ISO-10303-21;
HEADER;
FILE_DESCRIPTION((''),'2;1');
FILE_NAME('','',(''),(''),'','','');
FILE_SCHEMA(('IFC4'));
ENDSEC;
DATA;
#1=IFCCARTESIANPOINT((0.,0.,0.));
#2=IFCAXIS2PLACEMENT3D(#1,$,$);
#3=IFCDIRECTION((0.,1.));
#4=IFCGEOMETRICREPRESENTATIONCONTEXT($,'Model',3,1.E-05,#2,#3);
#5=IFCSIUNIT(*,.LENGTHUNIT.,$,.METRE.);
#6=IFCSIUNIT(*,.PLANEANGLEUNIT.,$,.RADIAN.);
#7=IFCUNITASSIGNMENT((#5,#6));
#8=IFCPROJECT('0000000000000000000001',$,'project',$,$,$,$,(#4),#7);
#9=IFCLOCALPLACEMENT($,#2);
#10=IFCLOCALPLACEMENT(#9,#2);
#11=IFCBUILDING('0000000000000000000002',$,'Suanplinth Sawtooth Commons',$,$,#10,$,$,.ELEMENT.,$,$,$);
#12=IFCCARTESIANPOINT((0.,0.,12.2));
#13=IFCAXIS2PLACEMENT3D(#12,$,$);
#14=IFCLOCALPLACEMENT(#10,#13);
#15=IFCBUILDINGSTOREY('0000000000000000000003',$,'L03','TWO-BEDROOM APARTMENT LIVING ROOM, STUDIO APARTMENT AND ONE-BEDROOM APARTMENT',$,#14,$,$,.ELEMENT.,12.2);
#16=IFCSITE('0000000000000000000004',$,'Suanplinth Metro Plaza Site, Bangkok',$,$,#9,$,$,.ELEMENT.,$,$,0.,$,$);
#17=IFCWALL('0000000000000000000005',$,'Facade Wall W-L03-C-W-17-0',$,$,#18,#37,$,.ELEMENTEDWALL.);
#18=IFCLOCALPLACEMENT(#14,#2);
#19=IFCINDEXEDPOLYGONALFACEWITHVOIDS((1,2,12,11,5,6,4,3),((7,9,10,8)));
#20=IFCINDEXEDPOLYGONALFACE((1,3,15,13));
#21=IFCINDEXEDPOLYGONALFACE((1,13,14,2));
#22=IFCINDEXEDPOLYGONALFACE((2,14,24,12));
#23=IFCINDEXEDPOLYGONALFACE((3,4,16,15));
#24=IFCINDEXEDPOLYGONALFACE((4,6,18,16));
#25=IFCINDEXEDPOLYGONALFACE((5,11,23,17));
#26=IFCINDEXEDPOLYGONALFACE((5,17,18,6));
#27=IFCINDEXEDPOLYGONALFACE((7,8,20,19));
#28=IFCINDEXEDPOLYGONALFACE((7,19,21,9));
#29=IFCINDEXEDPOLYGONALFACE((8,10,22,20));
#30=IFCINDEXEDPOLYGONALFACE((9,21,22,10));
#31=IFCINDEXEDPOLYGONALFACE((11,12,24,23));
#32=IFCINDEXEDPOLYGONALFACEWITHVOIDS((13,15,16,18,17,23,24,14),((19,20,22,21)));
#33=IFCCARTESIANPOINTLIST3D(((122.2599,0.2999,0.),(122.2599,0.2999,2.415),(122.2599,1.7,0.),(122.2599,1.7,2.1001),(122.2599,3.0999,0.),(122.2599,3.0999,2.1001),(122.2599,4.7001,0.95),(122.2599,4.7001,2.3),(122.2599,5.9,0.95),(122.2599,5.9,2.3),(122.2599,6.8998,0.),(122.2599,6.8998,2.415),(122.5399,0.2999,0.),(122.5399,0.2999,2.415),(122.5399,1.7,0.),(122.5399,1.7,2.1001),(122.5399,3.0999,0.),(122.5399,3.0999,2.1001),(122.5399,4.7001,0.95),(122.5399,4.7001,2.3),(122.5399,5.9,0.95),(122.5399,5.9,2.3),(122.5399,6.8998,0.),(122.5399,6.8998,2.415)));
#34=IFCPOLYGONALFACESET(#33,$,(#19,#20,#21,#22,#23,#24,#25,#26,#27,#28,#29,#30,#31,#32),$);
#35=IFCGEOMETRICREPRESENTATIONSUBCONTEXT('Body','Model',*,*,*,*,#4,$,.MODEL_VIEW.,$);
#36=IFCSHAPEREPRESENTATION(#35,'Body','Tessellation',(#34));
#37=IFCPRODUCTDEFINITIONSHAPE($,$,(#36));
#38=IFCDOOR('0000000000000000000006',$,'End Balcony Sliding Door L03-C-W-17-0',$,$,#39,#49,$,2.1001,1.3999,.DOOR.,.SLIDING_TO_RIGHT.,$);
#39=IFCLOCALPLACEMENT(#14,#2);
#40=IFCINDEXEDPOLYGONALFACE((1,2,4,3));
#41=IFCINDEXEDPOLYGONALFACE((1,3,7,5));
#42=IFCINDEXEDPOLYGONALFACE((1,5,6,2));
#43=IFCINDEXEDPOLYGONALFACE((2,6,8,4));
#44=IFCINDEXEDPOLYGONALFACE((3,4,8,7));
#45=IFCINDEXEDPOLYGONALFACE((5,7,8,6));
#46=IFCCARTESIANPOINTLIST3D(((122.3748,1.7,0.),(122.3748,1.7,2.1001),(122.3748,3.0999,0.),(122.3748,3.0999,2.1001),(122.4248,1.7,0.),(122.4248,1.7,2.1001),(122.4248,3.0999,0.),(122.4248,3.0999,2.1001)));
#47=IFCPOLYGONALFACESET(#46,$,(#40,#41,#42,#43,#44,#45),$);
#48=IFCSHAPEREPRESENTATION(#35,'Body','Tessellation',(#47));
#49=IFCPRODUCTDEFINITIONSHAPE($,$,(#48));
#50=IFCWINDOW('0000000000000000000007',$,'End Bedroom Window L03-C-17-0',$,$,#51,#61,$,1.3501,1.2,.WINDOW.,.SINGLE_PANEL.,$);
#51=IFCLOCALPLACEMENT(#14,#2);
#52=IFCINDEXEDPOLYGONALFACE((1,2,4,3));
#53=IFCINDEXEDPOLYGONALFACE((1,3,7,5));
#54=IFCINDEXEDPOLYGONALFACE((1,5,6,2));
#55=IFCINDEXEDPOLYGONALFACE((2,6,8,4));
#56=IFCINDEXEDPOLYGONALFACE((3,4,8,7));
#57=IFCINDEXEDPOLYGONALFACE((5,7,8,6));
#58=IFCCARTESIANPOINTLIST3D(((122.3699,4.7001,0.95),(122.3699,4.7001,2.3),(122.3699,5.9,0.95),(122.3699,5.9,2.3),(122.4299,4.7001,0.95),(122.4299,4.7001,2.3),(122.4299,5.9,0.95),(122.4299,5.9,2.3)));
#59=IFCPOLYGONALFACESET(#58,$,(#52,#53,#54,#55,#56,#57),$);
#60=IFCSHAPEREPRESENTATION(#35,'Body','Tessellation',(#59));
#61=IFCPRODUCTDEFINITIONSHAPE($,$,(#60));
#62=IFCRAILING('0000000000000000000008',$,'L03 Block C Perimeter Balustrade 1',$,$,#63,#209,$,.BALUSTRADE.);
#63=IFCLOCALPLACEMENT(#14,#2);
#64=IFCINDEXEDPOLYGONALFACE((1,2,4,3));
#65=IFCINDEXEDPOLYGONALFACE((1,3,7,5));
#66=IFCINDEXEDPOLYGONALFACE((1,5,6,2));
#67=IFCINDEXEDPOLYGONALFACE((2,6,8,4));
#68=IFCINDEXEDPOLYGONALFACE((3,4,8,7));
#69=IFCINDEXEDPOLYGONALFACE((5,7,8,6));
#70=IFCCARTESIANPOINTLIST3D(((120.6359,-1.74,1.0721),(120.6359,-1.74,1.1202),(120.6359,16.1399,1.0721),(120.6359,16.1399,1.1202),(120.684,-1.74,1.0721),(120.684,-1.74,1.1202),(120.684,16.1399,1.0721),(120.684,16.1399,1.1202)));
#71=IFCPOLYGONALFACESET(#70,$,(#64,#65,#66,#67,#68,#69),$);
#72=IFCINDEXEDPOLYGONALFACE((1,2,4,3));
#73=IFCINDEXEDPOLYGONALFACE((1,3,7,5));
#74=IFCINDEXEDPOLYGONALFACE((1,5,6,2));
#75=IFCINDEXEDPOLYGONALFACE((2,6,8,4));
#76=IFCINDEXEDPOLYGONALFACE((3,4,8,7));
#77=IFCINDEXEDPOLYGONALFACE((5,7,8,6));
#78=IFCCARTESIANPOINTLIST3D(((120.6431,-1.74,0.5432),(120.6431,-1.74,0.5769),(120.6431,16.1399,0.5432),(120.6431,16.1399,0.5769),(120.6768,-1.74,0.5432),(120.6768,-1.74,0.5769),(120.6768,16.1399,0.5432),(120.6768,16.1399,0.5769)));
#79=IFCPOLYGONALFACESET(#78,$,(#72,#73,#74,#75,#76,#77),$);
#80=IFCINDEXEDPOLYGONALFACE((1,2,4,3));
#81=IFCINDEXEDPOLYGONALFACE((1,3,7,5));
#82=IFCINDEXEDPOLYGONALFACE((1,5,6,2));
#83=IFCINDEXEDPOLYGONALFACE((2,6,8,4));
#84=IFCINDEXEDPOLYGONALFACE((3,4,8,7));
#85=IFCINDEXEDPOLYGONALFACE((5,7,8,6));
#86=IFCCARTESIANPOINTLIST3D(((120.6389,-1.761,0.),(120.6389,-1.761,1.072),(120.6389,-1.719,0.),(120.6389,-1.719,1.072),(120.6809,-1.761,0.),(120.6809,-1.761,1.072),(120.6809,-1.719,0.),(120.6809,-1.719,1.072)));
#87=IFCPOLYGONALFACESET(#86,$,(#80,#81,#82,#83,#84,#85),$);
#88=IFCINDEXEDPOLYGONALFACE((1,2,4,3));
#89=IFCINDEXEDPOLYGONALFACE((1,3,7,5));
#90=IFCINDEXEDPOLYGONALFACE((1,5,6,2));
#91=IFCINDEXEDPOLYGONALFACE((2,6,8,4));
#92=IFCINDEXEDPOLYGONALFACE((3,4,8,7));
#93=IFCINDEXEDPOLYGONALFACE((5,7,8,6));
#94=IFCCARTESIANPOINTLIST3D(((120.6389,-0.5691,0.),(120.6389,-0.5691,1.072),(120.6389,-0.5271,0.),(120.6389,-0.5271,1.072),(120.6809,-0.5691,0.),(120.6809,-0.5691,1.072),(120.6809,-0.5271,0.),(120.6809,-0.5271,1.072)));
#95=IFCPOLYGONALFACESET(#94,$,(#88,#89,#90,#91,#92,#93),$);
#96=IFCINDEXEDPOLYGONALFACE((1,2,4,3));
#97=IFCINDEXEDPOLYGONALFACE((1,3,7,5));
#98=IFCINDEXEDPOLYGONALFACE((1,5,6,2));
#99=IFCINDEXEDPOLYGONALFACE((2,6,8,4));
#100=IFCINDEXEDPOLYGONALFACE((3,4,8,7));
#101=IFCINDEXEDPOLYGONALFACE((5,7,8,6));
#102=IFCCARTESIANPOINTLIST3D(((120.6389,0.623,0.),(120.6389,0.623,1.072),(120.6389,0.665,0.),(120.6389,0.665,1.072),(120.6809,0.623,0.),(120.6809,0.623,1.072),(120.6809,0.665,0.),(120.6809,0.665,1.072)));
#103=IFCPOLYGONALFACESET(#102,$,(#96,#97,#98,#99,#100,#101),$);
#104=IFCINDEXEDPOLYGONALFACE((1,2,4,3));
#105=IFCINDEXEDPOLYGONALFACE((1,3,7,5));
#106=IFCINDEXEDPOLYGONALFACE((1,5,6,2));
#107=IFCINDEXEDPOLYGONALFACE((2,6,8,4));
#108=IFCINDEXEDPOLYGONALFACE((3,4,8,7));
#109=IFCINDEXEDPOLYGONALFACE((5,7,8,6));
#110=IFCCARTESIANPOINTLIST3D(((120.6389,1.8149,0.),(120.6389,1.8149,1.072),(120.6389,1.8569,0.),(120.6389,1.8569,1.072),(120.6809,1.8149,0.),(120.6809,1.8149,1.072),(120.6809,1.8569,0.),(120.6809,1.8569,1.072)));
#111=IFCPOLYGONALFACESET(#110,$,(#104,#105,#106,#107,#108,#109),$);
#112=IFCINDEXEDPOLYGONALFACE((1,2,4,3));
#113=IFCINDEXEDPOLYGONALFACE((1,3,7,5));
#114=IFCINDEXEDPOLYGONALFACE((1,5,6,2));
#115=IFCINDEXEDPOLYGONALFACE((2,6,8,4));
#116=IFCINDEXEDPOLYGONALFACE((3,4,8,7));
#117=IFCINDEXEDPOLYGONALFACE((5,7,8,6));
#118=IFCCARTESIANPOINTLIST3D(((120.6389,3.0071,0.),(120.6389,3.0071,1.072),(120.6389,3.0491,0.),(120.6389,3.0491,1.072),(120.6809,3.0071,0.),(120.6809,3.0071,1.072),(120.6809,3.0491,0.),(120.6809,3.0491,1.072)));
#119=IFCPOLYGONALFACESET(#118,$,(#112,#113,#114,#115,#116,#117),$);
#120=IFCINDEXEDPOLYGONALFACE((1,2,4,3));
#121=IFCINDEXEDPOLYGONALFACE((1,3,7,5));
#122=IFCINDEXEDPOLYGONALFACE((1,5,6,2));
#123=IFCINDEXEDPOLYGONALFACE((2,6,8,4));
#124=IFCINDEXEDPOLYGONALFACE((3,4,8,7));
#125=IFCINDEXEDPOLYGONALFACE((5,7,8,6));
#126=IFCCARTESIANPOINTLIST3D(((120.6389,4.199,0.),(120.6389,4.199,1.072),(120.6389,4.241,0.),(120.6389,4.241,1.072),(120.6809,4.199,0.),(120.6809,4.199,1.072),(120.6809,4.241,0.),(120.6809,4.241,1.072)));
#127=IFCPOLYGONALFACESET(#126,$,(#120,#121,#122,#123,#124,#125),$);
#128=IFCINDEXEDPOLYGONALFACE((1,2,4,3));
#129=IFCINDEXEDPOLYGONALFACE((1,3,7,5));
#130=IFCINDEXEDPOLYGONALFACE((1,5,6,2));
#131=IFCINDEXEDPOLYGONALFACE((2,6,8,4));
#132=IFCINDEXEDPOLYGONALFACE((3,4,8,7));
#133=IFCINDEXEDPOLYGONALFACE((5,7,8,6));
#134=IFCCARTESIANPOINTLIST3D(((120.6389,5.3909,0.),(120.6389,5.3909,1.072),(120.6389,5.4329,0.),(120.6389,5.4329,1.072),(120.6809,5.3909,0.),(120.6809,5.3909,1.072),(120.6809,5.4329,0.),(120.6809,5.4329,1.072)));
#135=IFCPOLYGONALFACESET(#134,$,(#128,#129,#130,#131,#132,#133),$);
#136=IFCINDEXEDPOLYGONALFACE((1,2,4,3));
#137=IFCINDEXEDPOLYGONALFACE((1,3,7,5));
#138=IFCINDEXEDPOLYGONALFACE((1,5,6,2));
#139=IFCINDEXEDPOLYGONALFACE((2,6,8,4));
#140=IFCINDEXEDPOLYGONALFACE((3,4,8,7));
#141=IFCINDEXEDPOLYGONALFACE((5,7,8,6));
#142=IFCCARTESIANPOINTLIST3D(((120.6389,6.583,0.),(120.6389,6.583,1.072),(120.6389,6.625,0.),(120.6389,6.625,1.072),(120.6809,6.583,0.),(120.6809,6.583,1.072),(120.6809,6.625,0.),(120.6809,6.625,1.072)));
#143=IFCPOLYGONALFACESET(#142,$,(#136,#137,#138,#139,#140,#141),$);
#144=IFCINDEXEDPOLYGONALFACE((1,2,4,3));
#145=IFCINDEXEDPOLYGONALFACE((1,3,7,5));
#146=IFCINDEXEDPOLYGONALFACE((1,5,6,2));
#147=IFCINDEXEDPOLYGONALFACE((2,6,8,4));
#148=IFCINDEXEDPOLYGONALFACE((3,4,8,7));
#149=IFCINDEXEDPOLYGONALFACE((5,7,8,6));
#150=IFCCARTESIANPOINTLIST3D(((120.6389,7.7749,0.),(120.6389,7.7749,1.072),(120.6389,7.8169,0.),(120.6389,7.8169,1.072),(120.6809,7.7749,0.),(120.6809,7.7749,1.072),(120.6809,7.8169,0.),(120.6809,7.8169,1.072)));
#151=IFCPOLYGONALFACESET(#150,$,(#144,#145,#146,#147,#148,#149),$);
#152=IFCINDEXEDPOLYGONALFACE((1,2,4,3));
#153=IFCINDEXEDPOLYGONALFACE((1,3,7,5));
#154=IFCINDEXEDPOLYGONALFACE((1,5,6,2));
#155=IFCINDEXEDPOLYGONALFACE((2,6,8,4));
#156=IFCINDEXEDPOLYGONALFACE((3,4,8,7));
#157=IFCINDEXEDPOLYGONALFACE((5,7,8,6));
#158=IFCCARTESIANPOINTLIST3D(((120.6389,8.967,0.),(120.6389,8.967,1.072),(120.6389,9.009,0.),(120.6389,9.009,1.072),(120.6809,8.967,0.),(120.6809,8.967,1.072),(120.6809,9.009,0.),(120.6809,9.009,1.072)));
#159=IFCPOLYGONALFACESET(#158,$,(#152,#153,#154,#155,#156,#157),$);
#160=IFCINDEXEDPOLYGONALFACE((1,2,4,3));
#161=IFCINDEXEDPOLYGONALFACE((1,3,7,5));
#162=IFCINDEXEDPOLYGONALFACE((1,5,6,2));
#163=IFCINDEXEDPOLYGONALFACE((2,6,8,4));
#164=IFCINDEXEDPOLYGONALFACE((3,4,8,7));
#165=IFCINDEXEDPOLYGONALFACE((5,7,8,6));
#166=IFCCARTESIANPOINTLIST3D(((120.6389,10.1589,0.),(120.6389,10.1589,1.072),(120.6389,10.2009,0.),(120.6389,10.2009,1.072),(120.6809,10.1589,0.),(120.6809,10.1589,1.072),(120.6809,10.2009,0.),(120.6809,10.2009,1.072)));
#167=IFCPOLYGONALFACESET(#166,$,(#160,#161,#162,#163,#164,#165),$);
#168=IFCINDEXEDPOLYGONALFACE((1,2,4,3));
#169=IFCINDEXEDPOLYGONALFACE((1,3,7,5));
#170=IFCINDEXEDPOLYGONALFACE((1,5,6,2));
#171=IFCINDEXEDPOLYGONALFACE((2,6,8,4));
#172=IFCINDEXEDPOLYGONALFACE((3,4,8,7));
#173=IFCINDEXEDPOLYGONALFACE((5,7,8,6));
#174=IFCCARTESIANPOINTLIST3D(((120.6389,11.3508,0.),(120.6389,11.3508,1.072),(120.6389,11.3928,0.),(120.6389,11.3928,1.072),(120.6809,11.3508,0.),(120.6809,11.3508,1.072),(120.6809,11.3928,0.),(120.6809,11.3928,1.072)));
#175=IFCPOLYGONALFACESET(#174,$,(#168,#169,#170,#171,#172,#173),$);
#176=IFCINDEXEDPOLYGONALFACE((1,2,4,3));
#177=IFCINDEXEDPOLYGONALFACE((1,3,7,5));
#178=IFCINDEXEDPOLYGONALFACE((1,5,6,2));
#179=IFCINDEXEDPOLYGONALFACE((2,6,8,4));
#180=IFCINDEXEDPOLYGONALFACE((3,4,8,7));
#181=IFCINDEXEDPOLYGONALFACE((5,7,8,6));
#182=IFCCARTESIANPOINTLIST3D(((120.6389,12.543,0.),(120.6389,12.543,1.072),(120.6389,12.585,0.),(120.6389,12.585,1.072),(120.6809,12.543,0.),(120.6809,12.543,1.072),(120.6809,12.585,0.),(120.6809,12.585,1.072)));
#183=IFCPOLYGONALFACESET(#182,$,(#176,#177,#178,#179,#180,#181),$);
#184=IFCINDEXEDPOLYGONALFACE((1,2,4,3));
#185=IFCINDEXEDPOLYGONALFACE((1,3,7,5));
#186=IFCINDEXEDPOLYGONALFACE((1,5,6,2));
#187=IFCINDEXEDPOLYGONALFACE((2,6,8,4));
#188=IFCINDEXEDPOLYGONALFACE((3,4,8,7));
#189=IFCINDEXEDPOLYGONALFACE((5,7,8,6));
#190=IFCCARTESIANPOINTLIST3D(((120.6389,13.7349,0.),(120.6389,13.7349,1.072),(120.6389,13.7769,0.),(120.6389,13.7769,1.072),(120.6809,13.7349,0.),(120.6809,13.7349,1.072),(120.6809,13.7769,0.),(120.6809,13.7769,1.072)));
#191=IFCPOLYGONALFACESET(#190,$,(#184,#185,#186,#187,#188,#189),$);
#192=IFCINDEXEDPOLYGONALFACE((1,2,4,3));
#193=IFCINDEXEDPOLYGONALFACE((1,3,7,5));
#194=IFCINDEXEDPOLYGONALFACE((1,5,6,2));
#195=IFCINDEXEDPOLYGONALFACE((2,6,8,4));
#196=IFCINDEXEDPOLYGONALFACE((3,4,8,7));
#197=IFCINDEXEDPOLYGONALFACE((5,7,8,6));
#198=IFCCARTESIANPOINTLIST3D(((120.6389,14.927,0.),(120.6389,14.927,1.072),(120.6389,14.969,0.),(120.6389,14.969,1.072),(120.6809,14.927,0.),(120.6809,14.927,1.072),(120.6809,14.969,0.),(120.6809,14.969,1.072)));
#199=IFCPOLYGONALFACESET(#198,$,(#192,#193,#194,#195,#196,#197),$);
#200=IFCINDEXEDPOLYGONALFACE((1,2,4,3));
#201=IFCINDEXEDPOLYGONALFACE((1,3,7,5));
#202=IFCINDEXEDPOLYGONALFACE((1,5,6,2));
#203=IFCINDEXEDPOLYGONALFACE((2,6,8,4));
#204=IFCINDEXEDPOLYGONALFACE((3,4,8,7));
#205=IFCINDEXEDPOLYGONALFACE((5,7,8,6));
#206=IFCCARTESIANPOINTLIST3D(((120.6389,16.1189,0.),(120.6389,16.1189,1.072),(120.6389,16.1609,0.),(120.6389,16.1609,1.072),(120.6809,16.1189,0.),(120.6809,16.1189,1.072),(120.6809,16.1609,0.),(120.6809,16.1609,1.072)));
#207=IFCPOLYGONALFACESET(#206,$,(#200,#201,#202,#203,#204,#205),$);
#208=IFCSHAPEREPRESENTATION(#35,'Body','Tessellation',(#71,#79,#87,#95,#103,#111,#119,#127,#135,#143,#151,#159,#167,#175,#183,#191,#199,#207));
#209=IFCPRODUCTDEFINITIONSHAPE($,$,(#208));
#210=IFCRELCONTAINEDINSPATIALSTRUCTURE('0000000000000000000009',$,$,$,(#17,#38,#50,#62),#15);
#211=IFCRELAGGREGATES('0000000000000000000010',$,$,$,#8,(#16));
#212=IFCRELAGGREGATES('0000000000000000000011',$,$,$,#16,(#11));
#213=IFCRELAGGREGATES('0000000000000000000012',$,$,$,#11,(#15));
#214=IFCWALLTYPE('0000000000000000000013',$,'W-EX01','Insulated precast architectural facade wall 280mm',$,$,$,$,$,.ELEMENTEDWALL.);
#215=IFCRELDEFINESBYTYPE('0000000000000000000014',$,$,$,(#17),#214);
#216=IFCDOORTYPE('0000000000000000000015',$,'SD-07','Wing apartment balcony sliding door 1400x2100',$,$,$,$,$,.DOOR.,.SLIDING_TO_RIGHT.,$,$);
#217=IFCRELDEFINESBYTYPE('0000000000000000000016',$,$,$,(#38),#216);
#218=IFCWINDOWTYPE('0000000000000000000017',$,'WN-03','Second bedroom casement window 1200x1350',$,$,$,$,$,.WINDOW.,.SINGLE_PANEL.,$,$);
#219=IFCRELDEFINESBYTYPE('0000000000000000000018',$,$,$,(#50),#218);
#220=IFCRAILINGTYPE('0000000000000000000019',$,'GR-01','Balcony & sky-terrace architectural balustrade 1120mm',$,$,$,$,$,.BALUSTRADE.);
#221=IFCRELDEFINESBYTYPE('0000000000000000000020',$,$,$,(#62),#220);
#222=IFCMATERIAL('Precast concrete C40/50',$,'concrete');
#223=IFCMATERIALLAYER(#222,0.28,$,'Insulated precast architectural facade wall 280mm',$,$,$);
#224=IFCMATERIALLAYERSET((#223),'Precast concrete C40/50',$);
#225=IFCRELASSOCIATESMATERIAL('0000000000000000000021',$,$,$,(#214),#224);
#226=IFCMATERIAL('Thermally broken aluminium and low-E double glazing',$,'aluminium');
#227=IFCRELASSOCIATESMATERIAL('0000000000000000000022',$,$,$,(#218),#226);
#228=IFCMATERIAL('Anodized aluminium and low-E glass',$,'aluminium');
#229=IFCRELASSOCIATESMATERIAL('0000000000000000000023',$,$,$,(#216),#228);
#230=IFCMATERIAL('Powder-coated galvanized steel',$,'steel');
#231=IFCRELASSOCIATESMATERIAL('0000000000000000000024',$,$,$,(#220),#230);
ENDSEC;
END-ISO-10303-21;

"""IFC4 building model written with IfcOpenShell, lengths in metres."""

from ifc_helpers import new_model, si_unit, direction, frame, frame_2d, origin, origin_2d, place, context, subcontext, project, spatial, rectangle, extrude, material, layer, layer_set, type_object, element, fill, save


model = new_model("IFC4")

# Units and contexts
model_context = context("Model", 3, precision=1e-05, world=origin(), true_north=direction((0.0, 1.0)))
body_context = subcontext(model_context, "Body", "Model", "MODEL_VIEW")
ifc_project = project(units=[si_unit("LENGTHUNIT", "METRE"), si_unit("PLANEANGLEUNIT", "RADIAN")], contexts=[model_context])

# Site, building, storey
site_placement = place(None, origin())
site = spatial("IfcSite", under=ifc_project, at=site_placement, Name="Suanplinth Metro Plaza Site, Bangkok", CompositionType="ELEMENT", RefElevation=0.0)
building_placement = place(site_placement, origin())
building = spatial("IfcBuilding", under=site, at=building_placement, Name="Suanplinth Sawtooth Commons", CompositionType="ELEMENT")
storey_placement = place(building_placement, frame((0.0, 0.0, 12.2)))
storey = spatial("IfcBuildingStorey", under=building, at=storey_placement, Name="L03", Description="TWO-BEDROOM APARTMENT LIVING ROOM, STUDIO APARTMENT AND ONE-BEDROOM APARTMENT", CompositionType="ELEMENT", Elevation=12.2)

# Shared definitions
ifc_material_1 = material(Name="Precast concrete C40/50", Category="concrete")

# Wall, openings, door, window
ifc_layer = layer(ifc_material_1, 0.28, Name="Insulated precast architectural facade wall 280mm")
ifc_layer_set = layer_set([ifc_layer], Name="Precast concrete C40/50")
wall_type = type_object("IfcWallType", Name="W-EX01", Description="Insulated precast architectural facade wall 280mm", PredefinedType="ELEMENTEDWALL", material=ifc_layer_set)
ifc_material_2 = material(Name="Anodized aluminium and low-E glass", Category="aluminium")
ifc_material_3 = material(Name="Thermally broken aluminium and low-E double glazing", Category="aluminium")
window_type = type_object("IfcWindowType", Name="WN-03", Description="Second bedroom casement window 1200x1350", PartitioningType="SINGLE_PANEL", PredefinedType="WINDOW", material=ifc_material_3)
wall_1_placement = place(storey_placement, frame((122.3999, 0.3, 0.0), z_axis=(0.0, 0.0, 1.0), x_axis=(0.0, 1.0, 0.0)))
wall_1 = element("IfcWall", 1, at=wall_1_placement, inside=storey, type_object=wall_type, Name="Facade Wall W-L03-C-W-17-0", PredefinedType="ELEMENTEDWALL", context=body_context, shape_type="SweptSolid", body=[
    extrude(rectangle(XDim=6.5999, YDim=0.28, at=frame_2d((3.2998, 0.0))), origin(), (0.0, 0.0, 1.0), 2.415),
])
opening_1_placement = place(wall_1_placement, frame((1.3999, 0.0, 0.0)))
opening_1 = element("IfcOpeningElement", 2, at=opening_1_placement, cuts=wall_1, PredefinedType="OPENING", context=body_context, shape_type="SweptSolid", body=[
    extrude(rectangle(XDim=1.3999, YDim=2.1001, at=frame_2d((0.7, 1.05))), frame((0.0, 0.1548, 0.0), z_axis=(0.0, -1.0, 0.0), x_axis=(1.0, 0.0, 0.0)), (0.0, 0.0, 1.0), 0.3098),
])
opening_2_placement = place(wall_1_placement, frame((4.3999, 0.0, 0.95)))
opening_2 = element("IfcOpeningElement", 3, at=opening_2_placement, cuts=wall_1, PredefinedType="OPENING", context=body_context, shape_type="SweptSolid", body=[
    extrude(rectangle(XDim=1.2, YDim=1.3501, at=frame_2d((0.6001, 0.675))), frame((0.0, 0.1548, 0.0), z_axis=(0.0, -1.0, 0.0), x_axis=(1.0, 0.0, 0.0)), (0.0, 0.0, 1.0), 0.3098),
])
door_type_1 = type_object("IfcDoorType", Name="SD-07", Description="Wing apartment balcony sliding door 1400x2100", OperationType="SLIDING_TO_RIGHT", PredefinedType="DOOR", material=ifc_material_2)
door_1_placement = place(opening_1_placement, frame((1.3999, 0.0, 0.0), z_axis=(0.0, 0.0, 1.0), x_axis=(-1.0, 0.0, 0.0)))
door_1 = element("IfcDoor", 4, at=door_1_placement, inside=storey, type_object=door_type_1, Name="End Balcony Sliding Door L03-C-W-17-0", OperationType="SLIDING_TO_RIGHT", OverallHeight=2.1001, OverallWidth=1.3999, PredefinedType="DOOR", context=body_context, shape_type="SweptSolid", body=[
    extrude(rectangle(XDim=1.3999, YDim=2.1001, at=frame_2d((0.7, 1.05))), frame((0.0, 0.0249, 0.0), z_axis=(0.0, -1.0, 0.0), x_axis=(1.0, 0.0, 0.0)), (0.0, 0.0, 1.0), 0.05),
])
fill(opening_1, door_1)
window_1_placement = place(opening_2_placement, origin())
window_1 = element("IfcWindow", 5, at=window_1_placement, inside=storey, type_object=window_type, Name="End Bedroom Window L03-C-17-0", OverallHeight=1.3501, OverallWidth=1.2, PartitioningType="SINGLE_PANEL", PredefinedType="WINDOW", context=body_context, shape_type="SweptSolid", body=[
    extrude(rectangle(XDim=1.2, YDim=1.3501, at=frame_2d((0.6001, 0.675))), frame((0.0, 0.03, 0.0), z_axis=(0.0, -1.0, 0.0), x_axis=(1.0, 0.0, 0.0)), (0.0, 0.0, 1.0), 0.0601),
])
fill(opening_2, window_1)

# Railing
ifc_material_4 = material(Name="Powder-coated galvanized steel", Category="steel")
railing_type = type_object("IfcRailingType", Name="GR-01", Description="Balcony & sky-terrace architectural balustrade 1120mm", PredefinedType="BALUSTRADE", material=ifc_material_4)
railing_placement = place(storey_placement, frame((120.6599, -1.74, 0.0)))
element("IfcRailing", 6, at=railing_placement, inside=storey, type_object=railing_type, Name="L03 Block C Perimeter Balustrade 1", PredefinedType="BALUSTRADE", context=body_context, shape_type="SweptSolid", body=[
    extrude(rectangle(XDim=0.0481, YDim=0.0481, at=origin_2d()), frame((0.0, 0.0, 1.0962), z_axis=(0.0, 1.0, 0.0), x_axis=(-1.0, 0.0, 0.0)), (0.0, 0.0, 1.0), 17.8799),
    extrude(rectangle(XDim=0.0337, YDim=0.0337, at=origin_2d()), frame((0.0, 0.0, 0.5601), z_axis=(0.0, 1.0, 0.0), x_axis=(-1.0, 0.0, 0.0)), (0.0, 0.0, 1.0), 17.8799),
    extrude(rectangle(XDim=0.042, YDim=0.042, at=origin_2d()), origin(), (0.0, 0.0, 1.0), 1.072),
    extrude(rectangle(XDim=0.042, YDim=0.042, at=origin_2d()), frame((0.0, 1.1919, 0.0)), (0.0, 0.0, 1.0), 1.072),
    extrude(rectangle(XDim=0.042, YDim=0.042, at=origin_2d()), frame((0.0, 2.384, 0.0)), (0.0, 0.0, 1.0), 1.072),
    extrude(rectangle(XDim=0.042, YDim=0.042, at=origin_2d()), frame((0.0, 3.5759, 0.0)), (0.0, 0.0, 1.0), 1.072),
    extrude(rectangle(XDim=0.042, YDim=0.042, at=origin_2d()), frame((0.0, 4.7681, 0.0)), (0.0, 0.0, 1.0), 1.072),
    extrude(rectangle(XDim=0.042, YDim=0.042, at=origin_2d()), frame((0.0, 5.96, 0.0)), (0.0, 0.0, 1.0), 1.072),
    extrude(rectangle(XDim=0.042, YDim=0.042, at=origin_2d()), frame((0.0, 7.1519, 0.0)), (0.0, 0.0, 1.0), 1.072),
    extrude(rectangle(XDim=0.042, YDim=0.042, at=origin_2d()), frame((0.0, 8.344, 0.0)), (0.0, 0.0, 1.0), 1.072),
    extrude(rectangle(XDim=0.042, YDim=0.042, at=origin_2d()), frame((0.0, 9.5359, 0.0)), (0.0, 0.0, 1.0), 1.072),
    extrude(rectangle(XDim=0.042, YDim=0.042, at=origin_2d()), frame((0.0, 10.728, 0.0)), (0.0, 0.0, 1.0), 1.072),
    extrude(rectangle(XDim=0.042, YDim=0.042, at=origin_2d()), frame((0.0, 11.9199, 0.0)), (0.0, 0.0, 1.0), 1.072),
    extrude(rectangle(XDim=0.042, YDim=0.042, at=origin_2d()), frame((0.0, 13.1118, 0.0)), (0.0, 0.0, 1.0), 1.072),
    extrude(rectangle(XDim=0.042, YDim=0.042, at=origin_2d()), frame((0.0, 14.304, 0.0)), (0.0, 0.0, 1.0), 1.072),
    extrude(rectangle(XDim=0.042, YDim=0.042, at=origin_2d()), frame((0.0, 15.4958, 0.0)), (0.0, 0.0, 1.0), 1.072),
    extrude(rectangle(XDim=0.042, YDim=0.042, at=origin_2d()), frame((0.0, 16.688, 0.0)), (0.0, 0.0, 1.0), 1.072),
    extrude(rectangle(XDim=0.042, YDim=0.042, at=origin_2d()), frame((0.0, 17.8799, 0.0)), (0.0, 0.0, 1.0), 1.072),
])

save(model, "model.ifc")
